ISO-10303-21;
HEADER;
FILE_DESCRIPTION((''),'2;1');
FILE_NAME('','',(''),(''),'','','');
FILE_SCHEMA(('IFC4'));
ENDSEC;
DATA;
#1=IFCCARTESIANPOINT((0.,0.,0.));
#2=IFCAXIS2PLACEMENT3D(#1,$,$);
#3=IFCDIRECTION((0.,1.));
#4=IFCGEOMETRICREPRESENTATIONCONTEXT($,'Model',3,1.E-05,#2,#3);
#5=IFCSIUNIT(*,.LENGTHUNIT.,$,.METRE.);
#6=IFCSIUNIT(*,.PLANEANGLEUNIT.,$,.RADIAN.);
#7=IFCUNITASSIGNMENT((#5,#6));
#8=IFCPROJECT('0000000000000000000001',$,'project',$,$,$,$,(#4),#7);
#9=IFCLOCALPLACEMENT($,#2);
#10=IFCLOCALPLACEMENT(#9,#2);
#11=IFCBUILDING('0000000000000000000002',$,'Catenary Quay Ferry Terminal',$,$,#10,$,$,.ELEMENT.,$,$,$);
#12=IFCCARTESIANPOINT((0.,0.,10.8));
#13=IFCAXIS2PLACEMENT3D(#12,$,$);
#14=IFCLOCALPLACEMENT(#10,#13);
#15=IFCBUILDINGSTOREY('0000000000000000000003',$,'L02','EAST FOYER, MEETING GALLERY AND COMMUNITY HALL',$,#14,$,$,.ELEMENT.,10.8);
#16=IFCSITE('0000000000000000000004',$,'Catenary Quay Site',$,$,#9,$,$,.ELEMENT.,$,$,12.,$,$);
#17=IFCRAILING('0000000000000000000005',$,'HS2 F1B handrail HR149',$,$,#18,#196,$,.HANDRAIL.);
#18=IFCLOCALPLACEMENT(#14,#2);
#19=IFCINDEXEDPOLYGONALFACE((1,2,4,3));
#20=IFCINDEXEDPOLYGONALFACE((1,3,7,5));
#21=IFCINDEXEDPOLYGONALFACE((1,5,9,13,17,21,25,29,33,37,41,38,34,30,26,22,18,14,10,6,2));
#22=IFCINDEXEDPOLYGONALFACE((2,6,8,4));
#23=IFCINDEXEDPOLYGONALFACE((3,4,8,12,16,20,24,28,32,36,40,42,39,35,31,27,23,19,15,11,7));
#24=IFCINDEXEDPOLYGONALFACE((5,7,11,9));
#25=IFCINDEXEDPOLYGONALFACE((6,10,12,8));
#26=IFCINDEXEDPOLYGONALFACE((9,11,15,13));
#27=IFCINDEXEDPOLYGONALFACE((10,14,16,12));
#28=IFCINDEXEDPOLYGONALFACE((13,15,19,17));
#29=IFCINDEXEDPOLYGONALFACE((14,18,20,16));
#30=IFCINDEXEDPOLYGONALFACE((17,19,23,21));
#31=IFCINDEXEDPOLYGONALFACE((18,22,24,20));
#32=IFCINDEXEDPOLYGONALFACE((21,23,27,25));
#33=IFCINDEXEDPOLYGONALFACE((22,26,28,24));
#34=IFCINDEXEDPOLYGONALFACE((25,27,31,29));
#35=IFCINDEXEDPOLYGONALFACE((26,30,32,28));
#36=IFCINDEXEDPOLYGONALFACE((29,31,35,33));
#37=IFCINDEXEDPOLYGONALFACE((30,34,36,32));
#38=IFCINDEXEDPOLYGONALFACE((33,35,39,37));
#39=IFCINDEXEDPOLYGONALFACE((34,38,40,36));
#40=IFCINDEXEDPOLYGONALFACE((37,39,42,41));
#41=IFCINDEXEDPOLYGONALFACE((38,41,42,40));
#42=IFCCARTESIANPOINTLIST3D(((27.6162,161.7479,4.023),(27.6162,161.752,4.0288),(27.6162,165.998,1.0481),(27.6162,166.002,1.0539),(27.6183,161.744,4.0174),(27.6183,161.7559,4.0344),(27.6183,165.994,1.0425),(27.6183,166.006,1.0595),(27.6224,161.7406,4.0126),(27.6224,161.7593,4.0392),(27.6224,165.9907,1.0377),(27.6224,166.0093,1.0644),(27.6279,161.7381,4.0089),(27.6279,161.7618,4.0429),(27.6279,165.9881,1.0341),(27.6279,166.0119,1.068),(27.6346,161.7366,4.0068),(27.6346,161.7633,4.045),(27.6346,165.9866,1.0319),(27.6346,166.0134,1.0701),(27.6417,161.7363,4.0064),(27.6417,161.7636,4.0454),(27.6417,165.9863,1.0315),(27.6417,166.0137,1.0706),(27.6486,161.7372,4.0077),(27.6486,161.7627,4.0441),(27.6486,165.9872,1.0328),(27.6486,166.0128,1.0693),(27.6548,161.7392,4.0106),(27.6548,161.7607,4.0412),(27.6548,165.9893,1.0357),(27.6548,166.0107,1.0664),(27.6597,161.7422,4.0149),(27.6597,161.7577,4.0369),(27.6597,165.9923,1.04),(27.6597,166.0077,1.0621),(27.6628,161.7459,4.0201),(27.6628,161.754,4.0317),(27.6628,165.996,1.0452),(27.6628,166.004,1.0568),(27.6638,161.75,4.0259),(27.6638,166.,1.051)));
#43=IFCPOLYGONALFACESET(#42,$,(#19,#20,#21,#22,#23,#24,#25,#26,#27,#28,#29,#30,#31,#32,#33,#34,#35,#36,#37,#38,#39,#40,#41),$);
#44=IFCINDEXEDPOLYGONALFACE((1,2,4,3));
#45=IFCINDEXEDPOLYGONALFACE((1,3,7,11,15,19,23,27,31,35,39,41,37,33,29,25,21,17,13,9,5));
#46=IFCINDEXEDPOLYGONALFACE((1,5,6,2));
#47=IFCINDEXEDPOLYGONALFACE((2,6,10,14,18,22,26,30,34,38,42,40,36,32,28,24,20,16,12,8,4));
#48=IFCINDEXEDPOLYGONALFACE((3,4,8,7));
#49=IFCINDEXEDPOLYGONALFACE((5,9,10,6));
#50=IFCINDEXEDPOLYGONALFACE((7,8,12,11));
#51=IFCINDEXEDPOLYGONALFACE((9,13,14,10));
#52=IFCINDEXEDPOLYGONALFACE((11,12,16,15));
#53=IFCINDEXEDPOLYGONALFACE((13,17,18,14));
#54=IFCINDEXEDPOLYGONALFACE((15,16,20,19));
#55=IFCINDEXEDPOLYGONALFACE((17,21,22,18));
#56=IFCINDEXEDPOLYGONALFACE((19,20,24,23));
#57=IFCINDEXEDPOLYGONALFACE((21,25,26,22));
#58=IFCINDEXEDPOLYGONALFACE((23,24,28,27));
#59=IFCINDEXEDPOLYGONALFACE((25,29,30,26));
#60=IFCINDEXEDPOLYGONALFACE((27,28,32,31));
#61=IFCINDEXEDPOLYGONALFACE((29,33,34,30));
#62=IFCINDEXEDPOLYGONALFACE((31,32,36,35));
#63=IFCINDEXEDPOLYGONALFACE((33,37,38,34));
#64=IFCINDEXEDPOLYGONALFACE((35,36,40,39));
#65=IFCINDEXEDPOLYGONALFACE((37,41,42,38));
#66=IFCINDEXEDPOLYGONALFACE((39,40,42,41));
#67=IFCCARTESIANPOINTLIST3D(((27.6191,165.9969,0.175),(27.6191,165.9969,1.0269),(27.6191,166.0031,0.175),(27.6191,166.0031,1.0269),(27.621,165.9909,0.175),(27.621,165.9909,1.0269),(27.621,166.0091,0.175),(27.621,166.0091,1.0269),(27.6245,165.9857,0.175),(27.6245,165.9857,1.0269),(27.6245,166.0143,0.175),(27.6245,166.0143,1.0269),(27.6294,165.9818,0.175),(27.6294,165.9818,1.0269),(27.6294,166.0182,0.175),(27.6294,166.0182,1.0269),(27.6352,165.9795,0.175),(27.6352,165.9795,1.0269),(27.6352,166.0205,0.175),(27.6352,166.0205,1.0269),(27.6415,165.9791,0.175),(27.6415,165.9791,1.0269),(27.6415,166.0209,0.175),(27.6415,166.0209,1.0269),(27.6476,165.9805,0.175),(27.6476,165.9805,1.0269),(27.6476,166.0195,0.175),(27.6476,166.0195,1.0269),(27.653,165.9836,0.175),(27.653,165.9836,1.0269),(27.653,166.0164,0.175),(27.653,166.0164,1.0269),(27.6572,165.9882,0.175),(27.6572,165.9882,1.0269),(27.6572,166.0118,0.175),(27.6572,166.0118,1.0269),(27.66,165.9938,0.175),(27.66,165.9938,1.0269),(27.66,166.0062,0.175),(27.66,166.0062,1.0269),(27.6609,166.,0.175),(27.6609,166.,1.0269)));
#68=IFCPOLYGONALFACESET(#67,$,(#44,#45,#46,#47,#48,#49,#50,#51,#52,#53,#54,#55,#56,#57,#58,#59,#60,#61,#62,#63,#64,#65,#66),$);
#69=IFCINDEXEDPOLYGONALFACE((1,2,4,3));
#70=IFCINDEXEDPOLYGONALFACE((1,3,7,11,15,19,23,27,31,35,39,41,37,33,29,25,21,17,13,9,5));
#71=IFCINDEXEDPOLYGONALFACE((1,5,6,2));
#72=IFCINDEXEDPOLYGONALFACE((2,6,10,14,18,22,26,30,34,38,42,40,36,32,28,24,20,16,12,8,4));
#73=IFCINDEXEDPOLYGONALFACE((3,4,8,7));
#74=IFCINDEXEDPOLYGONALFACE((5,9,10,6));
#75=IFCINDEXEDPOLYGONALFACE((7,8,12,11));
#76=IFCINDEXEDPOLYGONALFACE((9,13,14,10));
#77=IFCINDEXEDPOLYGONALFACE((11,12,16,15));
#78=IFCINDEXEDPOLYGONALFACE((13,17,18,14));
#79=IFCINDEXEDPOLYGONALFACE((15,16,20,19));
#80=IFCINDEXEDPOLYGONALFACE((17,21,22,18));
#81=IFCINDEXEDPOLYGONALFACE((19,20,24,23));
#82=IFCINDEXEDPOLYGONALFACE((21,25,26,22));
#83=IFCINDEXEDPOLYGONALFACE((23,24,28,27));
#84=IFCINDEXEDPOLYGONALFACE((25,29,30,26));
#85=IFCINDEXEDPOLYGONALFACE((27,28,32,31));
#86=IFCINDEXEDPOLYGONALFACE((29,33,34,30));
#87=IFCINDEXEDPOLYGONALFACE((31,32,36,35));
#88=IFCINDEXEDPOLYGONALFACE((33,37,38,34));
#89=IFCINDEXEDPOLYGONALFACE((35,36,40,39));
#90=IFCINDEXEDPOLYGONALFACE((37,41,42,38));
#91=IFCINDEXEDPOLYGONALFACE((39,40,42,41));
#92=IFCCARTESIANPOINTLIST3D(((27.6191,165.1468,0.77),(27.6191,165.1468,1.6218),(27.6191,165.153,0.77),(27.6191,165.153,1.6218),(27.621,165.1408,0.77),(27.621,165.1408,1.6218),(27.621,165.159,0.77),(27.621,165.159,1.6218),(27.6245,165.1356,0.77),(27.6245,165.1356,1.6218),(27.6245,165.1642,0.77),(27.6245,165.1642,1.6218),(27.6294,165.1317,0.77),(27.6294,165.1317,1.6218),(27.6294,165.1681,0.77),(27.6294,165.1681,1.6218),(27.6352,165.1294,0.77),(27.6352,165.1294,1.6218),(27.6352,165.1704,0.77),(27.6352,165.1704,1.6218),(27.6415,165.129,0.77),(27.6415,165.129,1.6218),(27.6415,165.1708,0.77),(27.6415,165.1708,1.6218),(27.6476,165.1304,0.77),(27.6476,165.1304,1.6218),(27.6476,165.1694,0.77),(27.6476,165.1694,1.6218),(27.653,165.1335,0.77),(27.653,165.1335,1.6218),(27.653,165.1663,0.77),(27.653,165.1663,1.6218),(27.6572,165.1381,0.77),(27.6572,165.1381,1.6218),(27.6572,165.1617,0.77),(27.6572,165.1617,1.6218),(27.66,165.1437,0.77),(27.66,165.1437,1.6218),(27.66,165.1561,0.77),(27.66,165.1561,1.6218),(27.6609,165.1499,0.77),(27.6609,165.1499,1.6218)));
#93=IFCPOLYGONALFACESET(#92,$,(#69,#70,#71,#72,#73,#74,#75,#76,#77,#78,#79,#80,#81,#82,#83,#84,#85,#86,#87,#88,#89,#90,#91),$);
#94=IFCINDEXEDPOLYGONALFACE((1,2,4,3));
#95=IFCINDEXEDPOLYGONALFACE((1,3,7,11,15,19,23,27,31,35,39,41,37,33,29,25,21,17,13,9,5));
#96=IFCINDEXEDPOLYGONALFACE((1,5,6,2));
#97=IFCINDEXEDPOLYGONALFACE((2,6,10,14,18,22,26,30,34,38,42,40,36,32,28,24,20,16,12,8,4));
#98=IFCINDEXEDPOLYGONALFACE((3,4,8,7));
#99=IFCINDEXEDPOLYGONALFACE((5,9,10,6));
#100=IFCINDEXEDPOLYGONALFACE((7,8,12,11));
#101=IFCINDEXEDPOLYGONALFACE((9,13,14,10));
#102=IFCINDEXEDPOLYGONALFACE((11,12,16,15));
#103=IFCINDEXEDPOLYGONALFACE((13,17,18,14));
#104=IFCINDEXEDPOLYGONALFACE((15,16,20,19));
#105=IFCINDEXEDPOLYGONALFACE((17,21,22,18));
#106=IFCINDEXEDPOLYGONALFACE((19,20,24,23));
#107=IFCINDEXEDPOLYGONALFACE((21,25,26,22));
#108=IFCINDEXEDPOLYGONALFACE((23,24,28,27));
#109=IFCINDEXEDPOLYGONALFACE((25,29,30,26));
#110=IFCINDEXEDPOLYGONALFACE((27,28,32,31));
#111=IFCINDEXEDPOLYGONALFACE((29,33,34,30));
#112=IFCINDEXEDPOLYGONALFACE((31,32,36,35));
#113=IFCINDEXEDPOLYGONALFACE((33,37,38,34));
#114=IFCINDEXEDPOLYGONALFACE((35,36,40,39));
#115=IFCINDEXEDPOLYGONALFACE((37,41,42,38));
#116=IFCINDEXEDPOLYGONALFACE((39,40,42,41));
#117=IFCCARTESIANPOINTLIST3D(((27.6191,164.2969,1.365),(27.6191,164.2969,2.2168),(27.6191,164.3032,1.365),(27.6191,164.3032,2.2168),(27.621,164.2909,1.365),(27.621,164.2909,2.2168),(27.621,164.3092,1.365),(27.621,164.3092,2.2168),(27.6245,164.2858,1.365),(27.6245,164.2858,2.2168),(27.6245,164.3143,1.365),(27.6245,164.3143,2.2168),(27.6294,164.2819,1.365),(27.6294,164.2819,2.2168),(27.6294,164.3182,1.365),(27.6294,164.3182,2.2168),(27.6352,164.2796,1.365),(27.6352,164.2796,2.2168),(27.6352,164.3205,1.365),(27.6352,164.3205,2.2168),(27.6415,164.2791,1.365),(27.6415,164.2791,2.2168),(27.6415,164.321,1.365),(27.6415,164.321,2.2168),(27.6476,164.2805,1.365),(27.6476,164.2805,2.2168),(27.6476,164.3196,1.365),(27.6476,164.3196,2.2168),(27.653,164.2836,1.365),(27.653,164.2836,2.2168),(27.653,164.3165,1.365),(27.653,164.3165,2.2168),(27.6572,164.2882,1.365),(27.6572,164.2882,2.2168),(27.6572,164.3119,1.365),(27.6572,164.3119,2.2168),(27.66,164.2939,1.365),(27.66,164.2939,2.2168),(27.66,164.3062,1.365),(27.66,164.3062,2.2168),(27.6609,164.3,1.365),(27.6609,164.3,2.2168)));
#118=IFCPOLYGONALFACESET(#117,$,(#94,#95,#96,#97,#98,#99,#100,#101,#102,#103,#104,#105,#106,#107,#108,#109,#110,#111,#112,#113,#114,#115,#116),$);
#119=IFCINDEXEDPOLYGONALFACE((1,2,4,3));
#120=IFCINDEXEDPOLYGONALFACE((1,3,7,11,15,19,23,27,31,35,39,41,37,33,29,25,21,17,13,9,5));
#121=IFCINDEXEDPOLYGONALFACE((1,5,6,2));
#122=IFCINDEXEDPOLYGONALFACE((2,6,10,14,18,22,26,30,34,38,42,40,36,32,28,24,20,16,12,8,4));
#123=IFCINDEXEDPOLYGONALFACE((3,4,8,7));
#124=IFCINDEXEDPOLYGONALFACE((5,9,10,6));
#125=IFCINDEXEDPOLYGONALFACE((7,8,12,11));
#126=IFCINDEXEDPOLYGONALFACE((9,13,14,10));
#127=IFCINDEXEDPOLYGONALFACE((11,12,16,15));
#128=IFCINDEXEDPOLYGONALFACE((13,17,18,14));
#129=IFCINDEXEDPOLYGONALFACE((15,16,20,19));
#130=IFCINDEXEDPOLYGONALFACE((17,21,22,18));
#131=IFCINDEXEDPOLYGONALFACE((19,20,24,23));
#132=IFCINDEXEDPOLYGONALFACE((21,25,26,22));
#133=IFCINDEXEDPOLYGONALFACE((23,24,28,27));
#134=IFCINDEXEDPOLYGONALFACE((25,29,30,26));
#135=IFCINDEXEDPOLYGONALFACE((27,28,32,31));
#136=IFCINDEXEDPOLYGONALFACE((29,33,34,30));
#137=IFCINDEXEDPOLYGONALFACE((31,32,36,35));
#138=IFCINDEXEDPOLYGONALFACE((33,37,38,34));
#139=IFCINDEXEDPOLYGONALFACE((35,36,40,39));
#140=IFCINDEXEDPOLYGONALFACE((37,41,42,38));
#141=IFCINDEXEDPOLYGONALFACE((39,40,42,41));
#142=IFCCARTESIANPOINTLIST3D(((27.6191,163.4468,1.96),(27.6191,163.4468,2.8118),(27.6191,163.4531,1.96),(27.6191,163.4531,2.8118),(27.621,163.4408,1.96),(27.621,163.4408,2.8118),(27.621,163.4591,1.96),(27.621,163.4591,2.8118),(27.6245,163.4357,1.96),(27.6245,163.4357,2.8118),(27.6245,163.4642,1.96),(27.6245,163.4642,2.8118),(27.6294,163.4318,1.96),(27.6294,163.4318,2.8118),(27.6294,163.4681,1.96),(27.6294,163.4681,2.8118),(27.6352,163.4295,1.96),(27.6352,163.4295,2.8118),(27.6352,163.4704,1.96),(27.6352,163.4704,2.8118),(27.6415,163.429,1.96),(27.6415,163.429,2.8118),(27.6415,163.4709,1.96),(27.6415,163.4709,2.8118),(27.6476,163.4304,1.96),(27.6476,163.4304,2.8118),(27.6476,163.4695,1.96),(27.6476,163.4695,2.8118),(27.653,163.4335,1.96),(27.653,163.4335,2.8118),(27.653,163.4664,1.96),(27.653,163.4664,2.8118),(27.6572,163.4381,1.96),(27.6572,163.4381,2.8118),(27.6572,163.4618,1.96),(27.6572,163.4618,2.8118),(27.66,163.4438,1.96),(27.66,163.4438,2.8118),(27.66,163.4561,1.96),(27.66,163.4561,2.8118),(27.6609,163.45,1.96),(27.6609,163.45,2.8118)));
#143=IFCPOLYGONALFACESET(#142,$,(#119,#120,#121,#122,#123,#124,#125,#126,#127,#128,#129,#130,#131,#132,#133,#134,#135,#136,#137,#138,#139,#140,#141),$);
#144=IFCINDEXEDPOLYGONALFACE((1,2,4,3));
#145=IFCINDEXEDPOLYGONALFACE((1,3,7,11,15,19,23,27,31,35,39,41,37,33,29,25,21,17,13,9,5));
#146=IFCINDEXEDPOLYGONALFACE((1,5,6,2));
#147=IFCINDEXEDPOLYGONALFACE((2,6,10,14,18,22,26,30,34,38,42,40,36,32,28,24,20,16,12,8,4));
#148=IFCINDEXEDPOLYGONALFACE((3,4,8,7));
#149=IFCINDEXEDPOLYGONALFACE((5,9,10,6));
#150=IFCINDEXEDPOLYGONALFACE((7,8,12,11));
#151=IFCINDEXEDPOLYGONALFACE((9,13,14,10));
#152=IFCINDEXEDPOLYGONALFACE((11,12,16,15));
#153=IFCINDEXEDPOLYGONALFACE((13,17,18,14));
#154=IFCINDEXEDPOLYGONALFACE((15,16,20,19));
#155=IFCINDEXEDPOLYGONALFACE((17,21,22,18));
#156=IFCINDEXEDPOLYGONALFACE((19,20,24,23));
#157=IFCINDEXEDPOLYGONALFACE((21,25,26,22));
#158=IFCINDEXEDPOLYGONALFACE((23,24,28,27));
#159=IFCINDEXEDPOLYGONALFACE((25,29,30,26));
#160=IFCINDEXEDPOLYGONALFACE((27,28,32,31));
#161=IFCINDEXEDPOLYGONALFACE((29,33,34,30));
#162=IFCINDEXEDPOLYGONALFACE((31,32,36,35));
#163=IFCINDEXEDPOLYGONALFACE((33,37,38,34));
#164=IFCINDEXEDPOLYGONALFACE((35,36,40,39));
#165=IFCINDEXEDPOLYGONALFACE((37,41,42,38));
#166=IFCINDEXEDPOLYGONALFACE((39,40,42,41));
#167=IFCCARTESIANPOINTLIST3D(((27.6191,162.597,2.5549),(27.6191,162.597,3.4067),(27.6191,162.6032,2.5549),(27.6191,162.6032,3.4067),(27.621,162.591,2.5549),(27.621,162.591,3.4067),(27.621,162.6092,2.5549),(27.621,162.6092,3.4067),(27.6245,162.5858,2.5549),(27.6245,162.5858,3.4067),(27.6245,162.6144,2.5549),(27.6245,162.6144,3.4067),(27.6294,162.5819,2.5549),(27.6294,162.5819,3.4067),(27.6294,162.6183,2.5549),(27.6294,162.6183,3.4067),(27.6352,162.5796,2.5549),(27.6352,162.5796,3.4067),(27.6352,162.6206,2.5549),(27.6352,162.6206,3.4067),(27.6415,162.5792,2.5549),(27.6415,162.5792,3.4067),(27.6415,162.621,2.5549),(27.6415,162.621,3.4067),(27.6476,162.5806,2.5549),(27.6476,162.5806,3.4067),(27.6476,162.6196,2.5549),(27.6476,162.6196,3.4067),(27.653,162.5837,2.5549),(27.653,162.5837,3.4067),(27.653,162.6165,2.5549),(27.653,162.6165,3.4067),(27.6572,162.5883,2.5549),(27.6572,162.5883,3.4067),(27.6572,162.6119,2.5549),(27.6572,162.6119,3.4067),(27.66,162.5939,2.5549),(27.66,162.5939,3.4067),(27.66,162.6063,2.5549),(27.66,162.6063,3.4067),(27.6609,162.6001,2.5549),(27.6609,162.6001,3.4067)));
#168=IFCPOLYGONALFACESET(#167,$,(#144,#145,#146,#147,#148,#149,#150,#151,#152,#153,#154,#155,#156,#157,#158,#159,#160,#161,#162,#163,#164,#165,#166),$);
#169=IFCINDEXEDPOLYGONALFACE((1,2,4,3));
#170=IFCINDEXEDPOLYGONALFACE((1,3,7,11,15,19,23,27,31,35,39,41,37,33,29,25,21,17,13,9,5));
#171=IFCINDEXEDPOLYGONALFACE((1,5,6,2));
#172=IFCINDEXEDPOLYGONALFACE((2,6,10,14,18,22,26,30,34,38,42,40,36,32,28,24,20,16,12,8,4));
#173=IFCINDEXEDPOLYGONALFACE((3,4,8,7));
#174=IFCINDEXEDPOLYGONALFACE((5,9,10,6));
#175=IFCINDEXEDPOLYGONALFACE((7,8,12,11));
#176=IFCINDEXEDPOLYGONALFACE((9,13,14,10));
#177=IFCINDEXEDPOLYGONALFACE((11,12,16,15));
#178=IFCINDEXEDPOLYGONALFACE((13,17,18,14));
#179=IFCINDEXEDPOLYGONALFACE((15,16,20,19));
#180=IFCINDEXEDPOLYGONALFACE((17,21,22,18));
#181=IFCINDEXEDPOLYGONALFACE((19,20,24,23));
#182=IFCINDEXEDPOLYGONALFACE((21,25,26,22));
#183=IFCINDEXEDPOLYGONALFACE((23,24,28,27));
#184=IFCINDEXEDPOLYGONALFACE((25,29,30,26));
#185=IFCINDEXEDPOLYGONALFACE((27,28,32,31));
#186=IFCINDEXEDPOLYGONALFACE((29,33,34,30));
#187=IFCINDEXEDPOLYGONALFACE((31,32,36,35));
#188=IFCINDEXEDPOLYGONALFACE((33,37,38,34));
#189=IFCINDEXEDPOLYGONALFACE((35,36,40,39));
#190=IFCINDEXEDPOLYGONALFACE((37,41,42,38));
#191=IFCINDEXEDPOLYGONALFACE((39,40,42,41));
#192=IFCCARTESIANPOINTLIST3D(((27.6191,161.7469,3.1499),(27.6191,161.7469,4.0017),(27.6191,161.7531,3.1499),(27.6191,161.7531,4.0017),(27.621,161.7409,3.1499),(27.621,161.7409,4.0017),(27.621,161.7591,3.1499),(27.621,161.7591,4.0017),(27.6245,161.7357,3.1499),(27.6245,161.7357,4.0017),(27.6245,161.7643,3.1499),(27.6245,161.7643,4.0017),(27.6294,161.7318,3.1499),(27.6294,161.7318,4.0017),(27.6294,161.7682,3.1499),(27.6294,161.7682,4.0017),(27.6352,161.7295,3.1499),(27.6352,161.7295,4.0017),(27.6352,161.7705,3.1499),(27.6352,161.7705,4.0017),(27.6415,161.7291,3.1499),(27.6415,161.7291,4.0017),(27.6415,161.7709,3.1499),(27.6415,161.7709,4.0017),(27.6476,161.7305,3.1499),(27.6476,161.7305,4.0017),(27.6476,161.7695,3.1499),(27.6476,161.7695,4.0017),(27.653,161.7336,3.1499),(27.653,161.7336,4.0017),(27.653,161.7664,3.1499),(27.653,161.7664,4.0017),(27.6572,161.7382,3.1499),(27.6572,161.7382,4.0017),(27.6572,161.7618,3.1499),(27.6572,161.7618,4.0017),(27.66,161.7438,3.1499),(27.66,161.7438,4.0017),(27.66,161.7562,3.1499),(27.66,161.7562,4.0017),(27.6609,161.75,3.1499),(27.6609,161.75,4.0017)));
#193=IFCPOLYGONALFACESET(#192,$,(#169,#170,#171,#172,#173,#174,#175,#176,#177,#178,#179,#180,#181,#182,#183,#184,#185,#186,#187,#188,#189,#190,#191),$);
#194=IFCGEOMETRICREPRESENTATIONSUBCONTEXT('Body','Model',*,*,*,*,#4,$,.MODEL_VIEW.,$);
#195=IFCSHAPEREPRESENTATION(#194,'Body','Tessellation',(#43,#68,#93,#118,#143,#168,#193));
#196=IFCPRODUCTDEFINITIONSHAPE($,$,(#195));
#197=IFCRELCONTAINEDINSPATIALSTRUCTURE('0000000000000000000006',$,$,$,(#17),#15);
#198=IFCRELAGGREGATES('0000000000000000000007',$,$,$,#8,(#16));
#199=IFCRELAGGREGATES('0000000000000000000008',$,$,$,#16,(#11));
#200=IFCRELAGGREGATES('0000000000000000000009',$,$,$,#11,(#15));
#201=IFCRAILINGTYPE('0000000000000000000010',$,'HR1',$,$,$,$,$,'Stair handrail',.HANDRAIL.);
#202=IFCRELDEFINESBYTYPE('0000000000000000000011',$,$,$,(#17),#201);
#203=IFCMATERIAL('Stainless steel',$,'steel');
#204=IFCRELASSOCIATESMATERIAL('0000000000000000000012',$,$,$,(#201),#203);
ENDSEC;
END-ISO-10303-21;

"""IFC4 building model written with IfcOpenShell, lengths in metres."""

from ifc_helpers import new_model, si_unit, direction, frame, origin, origin_2d, place, context, subcontext, project, spatial, circle, extrude, material, type_object, element, save


model = new_model("IFC4")

# Units and contexts
model_context = context("Model", 3, precision=1e-05, world=origin(), true_north=direction((0.0, 1.0)))
body_context = subcontext(model_context, "Body", "Model", "MODEL_VIEW")
ifc_project = project(units=[si_unit("LENGTHUNIT", "METRE"), si_unit("PLANEANGLEUNIT", "RADIAN")], contexts=[model_context])

# Site, building, storey
site_placement = place(None, origin())
site = spatial("IfcSite", under=ifc_project, at=site_placement, Name="Catenary Quay Site", CompositionType="ELEMENT", RefElevation=12.0)
building_placement = place(site_placement, origin())
building = spatial("IfcBuilding", under=site, at=building_placement, Name="Catenary Quay Ferry Terminal", CompositionType="ELEMENT")
storey_placement = place(building_placement, frame((0.0, 0.0, 10.8)))
storey = spatial("IfcBuildingStorey", under=building, at=storey_placement, Name="L02", Description="EAST FOYER, MEETING GALLERY AND COMMUNITY HALL", CompositionType="ELEMENT", Elevation=10.8)

# Railing
ifc_material_1 = material(Name="Stainless steel", Category="steel")
railing_type = type_object("IfcRailingType", Name="HR1", ElementType="Stair handrail", PredefinedType="HANDRAIL", material=ifc_material_1)
railing_placement = place(storey_placement, frame((27.6399, 166.0, 0.175)))
element("IfcRailing", 1, at=railing_placement, inside=storey, type_object=railing_type, Name="HS2 F1B handrail HR149", PredefinedType="HANDRAIL", context=body_context, shape_type="SweptSolid", body=[
    extrude(circle(Radius=0.0239, at=origin_2d()), frame((0.0, 0.0, 0.876), z_axis=(0.0, -0.819245, 0.573443), x_axis=(1.0, 0.0, 0.0)), (0.0, 0.0, 1.0), 5.1877),
    extrude(circle(Radius=0.021, at=origin_2d()), origin(), (0.0, 0.0, 1.0), 0.8518),
    extrude(circle(Radius=0.021, at=origin_2d()), frame((0.0, -0.8501, 0.595)), (0.0, 0.0, 1.0), 0.8518),
    extrude(circle(Radius=0.021, at=origin_2d()), frame((0.0, -1.7, 1.1899)), (0.0, 0.0, 1.0), 0.8518),
    extrude(circle(Radius=0.021, at=origin_2d()), frame((0.0, -2.55, 1.7849)), (0.0, 0.0, 1.0), 0.8518),
    extrude(circle(Radius=0.021, at=origin_2d()), frame((0.0, -3.3999, 2.3799)), (0.0, 0.0, 1.0), 0.8518),
    extrude(circle(Radius=0.021, at=origin_2d()), frame((0.0, -4.25, 2.9749)), (0.0, 0.0, 1.0), 0.8518),
])

save(model, "model.ifc")
